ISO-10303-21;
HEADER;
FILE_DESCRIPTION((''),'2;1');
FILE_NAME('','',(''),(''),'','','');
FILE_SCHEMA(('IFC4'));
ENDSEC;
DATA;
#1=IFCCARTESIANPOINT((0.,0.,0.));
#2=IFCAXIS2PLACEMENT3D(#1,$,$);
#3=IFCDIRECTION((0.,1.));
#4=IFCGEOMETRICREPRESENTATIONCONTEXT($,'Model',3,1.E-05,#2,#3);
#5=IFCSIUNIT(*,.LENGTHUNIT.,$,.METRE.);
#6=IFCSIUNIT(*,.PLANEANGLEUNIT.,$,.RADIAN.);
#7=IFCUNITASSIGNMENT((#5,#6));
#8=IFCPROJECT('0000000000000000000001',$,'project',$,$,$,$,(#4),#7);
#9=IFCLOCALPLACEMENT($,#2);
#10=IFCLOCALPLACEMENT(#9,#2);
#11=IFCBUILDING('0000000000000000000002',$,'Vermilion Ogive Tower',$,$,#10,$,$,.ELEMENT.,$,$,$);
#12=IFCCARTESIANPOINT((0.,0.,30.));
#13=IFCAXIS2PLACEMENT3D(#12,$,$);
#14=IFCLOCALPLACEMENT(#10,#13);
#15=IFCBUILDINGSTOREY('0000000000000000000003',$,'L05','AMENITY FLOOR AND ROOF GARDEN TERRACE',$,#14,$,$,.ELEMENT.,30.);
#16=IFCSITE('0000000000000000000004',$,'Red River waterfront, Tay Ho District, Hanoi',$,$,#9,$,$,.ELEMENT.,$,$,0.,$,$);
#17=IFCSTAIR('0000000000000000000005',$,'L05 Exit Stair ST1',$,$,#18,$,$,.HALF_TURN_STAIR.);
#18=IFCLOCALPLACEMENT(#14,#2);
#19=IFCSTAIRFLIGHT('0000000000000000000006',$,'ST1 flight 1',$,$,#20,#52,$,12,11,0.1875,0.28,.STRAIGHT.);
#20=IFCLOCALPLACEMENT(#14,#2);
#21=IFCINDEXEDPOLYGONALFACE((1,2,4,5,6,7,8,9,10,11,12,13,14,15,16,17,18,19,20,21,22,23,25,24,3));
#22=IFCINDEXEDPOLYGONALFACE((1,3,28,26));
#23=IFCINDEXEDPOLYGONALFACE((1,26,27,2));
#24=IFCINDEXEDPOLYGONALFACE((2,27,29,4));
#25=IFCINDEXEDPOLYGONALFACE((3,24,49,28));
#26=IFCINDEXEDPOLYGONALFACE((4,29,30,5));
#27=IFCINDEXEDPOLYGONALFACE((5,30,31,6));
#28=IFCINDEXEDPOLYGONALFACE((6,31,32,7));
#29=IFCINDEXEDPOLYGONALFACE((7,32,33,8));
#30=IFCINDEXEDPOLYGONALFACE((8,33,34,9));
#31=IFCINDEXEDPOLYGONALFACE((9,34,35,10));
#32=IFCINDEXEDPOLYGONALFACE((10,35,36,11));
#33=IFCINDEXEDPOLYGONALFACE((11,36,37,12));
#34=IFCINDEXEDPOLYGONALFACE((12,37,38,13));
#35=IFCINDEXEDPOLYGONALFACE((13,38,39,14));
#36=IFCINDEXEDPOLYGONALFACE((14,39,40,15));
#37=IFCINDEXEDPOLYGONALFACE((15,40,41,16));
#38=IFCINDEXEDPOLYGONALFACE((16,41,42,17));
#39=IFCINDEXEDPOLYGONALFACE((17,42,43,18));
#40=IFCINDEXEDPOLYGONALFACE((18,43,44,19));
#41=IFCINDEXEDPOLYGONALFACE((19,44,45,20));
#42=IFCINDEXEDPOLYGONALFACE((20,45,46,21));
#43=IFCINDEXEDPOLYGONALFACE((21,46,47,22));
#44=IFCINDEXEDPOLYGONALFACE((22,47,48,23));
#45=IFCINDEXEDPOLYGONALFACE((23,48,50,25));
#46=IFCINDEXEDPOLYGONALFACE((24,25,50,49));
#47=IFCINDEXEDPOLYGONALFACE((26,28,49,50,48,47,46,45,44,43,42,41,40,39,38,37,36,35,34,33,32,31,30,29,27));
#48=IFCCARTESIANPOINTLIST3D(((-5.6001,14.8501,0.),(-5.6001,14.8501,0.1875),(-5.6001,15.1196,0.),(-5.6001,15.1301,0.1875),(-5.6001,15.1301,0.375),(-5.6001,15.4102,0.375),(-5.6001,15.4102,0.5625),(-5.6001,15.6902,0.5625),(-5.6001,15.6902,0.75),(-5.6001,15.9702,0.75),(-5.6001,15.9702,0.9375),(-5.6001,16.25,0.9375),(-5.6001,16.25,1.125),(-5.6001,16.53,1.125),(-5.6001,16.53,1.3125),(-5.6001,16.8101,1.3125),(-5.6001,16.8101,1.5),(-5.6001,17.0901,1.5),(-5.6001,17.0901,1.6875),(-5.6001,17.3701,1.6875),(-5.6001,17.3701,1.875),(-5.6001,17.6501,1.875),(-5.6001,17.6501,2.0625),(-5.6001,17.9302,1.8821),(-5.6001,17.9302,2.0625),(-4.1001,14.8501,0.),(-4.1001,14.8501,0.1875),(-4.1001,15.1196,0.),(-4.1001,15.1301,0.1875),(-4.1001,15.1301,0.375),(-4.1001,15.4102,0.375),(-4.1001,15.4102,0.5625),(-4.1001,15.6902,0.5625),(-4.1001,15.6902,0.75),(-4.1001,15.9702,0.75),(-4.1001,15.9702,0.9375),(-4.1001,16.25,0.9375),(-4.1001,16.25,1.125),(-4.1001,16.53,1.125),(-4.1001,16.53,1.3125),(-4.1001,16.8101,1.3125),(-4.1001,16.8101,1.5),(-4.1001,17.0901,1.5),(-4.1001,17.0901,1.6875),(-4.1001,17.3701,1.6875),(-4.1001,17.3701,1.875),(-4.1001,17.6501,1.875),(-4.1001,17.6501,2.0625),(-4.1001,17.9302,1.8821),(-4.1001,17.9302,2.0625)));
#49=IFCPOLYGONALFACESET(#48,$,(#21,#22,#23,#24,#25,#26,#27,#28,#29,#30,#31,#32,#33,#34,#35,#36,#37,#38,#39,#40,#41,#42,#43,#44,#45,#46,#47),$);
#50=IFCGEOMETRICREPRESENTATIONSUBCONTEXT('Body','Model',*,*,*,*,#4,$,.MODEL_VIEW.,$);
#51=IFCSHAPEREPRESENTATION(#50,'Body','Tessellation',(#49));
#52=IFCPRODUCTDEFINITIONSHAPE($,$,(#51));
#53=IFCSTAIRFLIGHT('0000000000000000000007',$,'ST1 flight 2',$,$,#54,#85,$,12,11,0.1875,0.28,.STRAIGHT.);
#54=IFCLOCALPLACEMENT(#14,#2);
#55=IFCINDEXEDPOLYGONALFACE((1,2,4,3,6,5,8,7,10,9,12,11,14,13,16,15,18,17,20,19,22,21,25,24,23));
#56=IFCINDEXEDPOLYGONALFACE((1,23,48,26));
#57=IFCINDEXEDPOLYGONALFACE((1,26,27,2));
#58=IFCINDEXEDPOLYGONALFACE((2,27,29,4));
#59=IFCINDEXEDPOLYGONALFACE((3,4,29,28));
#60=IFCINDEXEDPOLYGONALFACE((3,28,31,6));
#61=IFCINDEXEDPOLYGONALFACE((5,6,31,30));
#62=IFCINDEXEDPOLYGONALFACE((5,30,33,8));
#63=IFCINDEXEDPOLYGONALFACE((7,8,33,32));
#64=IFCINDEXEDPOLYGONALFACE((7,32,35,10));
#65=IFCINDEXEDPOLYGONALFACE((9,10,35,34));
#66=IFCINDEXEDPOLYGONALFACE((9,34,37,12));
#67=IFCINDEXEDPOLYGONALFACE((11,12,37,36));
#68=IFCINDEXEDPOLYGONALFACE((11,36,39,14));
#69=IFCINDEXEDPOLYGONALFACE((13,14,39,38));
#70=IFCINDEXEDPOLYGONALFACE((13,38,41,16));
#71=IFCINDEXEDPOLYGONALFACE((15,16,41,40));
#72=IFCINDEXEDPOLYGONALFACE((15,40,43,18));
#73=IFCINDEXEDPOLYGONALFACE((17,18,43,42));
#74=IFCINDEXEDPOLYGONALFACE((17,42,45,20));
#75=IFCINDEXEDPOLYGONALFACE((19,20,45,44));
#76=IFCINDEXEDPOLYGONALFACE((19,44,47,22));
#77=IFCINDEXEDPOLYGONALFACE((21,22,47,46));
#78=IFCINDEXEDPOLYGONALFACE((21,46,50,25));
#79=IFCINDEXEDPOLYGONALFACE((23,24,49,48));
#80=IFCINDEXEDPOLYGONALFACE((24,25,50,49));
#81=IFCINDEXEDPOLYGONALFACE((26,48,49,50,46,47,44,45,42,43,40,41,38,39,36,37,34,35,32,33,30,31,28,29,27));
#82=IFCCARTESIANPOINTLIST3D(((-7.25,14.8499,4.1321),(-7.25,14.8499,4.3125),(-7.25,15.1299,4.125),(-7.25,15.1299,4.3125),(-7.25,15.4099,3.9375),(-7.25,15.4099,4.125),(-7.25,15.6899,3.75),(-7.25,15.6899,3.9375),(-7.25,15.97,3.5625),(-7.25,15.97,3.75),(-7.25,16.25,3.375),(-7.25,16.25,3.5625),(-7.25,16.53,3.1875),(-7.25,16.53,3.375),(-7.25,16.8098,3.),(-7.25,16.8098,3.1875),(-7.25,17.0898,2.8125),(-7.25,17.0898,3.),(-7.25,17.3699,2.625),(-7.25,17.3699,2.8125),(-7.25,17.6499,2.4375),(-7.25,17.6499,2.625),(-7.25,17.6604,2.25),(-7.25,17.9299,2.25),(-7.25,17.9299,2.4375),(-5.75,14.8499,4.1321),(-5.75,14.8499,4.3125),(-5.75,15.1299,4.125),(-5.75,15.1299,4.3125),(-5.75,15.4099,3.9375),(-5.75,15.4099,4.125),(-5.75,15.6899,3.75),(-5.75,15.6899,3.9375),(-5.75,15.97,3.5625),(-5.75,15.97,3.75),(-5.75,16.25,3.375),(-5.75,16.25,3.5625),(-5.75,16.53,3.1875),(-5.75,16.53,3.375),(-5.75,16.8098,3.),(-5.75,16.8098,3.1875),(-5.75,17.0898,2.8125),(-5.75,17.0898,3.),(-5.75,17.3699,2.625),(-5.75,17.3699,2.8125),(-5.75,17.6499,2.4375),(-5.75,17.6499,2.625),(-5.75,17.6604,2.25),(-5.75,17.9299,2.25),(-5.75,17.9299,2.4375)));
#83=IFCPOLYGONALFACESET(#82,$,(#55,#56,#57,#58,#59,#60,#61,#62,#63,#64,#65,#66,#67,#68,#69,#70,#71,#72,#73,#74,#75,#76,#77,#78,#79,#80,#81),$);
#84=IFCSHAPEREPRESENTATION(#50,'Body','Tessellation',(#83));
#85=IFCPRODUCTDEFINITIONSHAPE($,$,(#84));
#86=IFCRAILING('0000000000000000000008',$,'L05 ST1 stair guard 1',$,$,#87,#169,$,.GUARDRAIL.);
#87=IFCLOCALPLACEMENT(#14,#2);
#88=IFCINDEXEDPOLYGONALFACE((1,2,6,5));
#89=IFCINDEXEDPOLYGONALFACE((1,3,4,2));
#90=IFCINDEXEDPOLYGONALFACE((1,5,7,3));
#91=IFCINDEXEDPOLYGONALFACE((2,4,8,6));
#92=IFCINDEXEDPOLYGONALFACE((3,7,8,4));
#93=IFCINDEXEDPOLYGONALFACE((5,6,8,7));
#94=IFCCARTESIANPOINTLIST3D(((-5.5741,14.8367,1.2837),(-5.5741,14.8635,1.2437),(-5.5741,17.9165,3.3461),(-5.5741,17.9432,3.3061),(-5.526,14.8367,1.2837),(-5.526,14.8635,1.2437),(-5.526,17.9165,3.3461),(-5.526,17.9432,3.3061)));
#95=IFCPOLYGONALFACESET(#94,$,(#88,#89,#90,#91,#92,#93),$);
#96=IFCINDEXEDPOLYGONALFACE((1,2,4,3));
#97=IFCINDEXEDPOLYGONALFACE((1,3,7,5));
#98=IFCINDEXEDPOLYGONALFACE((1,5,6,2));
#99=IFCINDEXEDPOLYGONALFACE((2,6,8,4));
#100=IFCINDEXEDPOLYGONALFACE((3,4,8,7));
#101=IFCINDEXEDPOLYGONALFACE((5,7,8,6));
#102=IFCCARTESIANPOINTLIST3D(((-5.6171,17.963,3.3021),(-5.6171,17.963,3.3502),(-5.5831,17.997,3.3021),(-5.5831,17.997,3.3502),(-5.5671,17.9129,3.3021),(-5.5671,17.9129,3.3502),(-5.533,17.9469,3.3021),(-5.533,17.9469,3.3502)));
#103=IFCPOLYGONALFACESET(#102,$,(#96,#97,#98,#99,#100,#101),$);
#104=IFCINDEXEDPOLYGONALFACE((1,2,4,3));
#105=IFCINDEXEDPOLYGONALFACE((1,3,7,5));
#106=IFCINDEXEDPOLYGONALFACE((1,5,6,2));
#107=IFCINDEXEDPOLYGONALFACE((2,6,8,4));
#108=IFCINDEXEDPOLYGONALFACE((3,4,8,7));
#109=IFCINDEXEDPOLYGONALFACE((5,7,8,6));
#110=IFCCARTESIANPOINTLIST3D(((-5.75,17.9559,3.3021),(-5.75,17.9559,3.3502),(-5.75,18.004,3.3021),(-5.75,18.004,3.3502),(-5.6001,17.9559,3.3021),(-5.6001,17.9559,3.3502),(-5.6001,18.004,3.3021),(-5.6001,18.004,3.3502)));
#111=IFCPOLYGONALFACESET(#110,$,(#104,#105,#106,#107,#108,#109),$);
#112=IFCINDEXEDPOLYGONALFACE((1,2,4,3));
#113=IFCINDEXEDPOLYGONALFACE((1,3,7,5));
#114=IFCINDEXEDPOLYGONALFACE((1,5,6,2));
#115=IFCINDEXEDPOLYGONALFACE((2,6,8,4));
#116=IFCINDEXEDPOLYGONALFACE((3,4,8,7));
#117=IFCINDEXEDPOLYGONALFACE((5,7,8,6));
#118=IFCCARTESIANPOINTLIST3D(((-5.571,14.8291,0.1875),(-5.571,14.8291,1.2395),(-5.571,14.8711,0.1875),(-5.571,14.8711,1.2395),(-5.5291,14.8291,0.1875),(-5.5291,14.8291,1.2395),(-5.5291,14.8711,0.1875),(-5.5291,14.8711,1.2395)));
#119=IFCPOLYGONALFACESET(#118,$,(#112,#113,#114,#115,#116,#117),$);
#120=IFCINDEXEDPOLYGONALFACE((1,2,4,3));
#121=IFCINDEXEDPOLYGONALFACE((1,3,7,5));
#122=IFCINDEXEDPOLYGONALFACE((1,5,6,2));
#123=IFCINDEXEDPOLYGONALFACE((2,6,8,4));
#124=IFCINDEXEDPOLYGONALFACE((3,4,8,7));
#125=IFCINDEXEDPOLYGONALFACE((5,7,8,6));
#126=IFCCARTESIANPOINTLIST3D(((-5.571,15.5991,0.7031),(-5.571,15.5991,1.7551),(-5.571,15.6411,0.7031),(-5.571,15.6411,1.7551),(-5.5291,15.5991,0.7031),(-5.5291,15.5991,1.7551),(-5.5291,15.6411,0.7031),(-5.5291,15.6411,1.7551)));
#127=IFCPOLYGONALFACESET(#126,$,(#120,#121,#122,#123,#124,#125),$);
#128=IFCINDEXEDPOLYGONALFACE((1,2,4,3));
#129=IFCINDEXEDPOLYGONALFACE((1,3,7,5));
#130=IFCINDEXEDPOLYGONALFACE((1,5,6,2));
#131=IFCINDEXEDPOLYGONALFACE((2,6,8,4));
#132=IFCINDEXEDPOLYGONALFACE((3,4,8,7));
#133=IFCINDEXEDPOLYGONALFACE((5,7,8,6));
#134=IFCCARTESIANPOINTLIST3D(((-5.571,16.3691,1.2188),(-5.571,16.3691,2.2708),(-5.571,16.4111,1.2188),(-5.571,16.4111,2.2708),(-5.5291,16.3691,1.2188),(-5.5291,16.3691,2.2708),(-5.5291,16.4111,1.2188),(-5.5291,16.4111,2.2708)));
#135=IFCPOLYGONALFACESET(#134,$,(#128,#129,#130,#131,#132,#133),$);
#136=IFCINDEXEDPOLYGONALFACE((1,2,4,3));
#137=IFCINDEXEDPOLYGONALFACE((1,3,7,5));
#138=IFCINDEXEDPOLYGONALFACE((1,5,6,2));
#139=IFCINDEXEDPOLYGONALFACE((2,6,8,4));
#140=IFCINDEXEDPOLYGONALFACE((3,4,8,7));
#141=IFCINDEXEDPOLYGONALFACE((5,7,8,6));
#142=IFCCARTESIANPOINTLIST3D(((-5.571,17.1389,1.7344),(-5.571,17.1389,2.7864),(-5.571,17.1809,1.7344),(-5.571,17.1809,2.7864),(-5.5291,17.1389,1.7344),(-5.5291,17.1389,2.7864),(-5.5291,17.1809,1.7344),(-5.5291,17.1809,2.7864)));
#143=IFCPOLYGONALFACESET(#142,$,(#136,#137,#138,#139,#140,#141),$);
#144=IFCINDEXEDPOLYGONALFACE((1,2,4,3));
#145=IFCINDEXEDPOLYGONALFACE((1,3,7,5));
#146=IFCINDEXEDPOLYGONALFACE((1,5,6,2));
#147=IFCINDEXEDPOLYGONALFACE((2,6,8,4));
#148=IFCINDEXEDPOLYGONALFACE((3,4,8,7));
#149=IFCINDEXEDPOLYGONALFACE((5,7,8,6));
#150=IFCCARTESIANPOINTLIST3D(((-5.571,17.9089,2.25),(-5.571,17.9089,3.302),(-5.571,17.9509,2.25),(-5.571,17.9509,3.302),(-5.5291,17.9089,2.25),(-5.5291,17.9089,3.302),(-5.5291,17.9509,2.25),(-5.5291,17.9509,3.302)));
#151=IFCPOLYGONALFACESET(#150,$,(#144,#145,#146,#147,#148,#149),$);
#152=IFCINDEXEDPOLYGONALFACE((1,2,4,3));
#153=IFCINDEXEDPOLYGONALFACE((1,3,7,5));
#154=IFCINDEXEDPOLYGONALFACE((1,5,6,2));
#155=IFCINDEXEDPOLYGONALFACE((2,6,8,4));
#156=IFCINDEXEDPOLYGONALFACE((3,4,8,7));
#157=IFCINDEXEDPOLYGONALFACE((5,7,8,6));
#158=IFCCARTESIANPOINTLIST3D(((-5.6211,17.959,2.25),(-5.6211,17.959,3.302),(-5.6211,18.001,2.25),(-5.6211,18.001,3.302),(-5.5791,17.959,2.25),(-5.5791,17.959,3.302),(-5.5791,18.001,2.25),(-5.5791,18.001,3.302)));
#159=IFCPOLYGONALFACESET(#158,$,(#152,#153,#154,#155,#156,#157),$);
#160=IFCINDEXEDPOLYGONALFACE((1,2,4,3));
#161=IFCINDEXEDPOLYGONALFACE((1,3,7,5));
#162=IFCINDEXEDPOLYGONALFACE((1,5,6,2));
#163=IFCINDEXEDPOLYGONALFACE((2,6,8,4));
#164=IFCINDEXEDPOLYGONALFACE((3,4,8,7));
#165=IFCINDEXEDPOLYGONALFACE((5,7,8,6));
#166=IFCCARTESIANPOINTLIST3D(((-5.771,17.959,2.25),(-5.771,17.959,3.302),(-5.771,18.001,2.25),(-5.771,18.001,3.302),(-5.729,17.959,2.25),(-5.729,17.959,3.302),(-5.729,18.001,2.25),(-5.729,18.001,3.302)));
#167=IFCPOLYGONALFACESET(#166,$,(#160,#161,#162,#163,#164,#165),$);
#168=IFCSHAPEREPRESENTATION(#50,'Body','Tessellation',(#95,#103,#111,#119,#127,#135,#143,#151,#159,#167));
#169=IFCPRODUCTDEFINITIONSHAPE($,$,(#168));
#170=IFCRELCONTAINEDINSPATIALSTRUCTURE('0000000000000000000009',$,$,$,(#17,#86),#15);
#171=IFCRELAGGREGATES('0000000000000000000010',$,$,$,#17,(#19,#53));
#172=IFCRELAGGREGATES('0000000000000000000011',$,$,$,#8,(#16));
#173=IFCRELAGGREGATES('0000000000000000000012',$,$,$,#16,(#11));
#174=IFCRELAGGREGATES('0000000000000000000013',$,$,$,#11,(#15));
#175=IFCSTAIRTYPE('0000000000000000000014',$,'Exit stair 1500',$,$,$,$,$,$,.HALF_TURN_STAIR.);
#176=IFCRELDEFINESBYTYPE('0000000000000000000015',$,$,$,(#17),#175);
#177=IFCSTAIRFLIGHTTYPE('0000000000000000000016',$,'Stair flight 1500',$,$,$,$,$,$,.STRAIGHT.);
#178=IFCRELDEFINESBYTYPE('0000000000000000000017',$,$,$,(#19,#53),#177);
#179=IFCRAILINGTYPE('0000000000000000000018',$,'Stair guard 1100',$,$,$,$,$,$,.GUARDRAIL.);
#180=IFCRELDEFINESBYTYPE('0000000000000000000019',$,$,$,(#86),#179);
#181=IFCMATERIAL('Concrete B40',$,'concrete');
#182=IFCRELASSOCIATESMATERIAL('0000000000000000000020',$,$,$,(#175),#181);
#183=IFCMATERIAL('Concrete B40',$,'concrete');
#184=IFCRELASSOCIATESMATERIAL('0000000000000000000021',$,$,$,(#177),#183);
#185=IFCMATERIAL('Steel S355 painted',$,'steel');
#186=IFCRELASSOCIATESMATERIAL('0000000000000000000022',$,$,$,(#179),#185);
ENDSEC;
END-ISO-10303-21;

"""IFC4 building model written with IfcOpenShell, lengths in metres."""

from ifc_helpers import new_model, si_unit, direction, frame, origin, origin_2d, place, context, subcontext, project, spatial, polyline, rectangle, outline, extrude, material, type_object, element, aggregate, save


model = new_model("IFC4")

# Units and contexts
model_context = context("Model", 3, precision=1e-05, world=origin(), true_north=direction((0.0, 1.0)))
body_context = subcontext(model_context, "Body", "Model", "MODEL_VIEW")
ifc_project = project(units=[si_unit("LENGTHUNIT", "METRE"), si_unit("PLANEANGLEUNIT", "RADIAN")], contexts=[model_context])

# Site, building, storey
site_placement = place(None, origin())
site = spatial("IfcSite", under=ifc_project, at=site_placement, Name="Red River waterfront, Tay Ho District, Hanoi", CompositionType="ELEMENT", RefElevation=0.0)
building_placement = place(site_placement, origin())
building = spatial("IfcBuilding", under=site, at=building_placement, Name="Vermilion Ogive Tower", CompositionType="ELEMENT")
storey_placement = place(building_placement, frame((0.0, 0.0, 30.0)))
storey = spatial("IfcBuildingStorey", under=building, at=storey_placement, Name="L05", Description="AMENITY FLOOR AND ROOF GARDEN TERRACE", CompositionType="ELEMENT", Elevation=30.0)

# Stair, stair flights
ifc_material_1 = material(Name="Concrete B40", Category="concrete")
stair_type = type_object("IfcStairType", Name="Exit stair 1500", PredefinedType="HALF_TURN_STAIR", material=ifc_material_1)
stair_placement = place(storey_placement, origin())
stair = element("IfcStair", 1, at=stair_placement, inside=storey, type_object=stair_type, Name="L05 Exit Stair ST1", PredefinedType="HALF_TURN_STAIR")
ifc_material_2 = material(Name="Concrete B40", Category="concrete")
stair_flight_type = type_object("IfcStairFlightType", Name="Stair flight 1500", PredefinedType="STRAIGHT", material=ifc_material_2)
stair_flight_1_placement = place(storey_placement, frame((-4.8501, 14.8501, 0.0), z_axis=(0.0, 0.0, 1.0), x_axis=(0.0, 1.0, 0.0)))
stair_flight_1 = element("IfcStairFlight", 2, at=stair_flight_1_placement, type_object=stair_flight_type, Name="ST1 flight 1", NumberOfRisers=12, NumberOfTreads=11, PredefinedType="STRAIGHT", RiserHeight=0.1875, TreadLength=0.28, context=body_context, shape_type="SweptSolid", body=[
    extrude(outline(polyline([(0.0, 0.0), (0.0, 0.1875), (0.28, 0.1875), (0.28, 0.375), (0.5601, 0.375), (0.5601, 0.5625), (0.8401, 0.5625), (0.8401, 0.75), (1.1201, 0.75), (1.1201, 0.9375), (1.3999, 0.9375), (1.3999, 1.125), (1.6799, 1.125), (1.6799, 1.3125), (1.96, 1.3125), (1.96, 1.5), (2.24, 1.5), (2.24, 1.6875), (2.52, 1.6875), (2.52, 1.875), (2.8, 1.875), (2.8, 2.0625), (3.0801, 2.0625), (3.0801, 2.25), (3.0801, 1.8821), (0.2695, 0.0), (0.0, 0.0)])), frame((0.0, 0.75, 0.0), z_axis=(0.0, -1.0, 0.0), x_axis=(1.0, 0.0, 0.0)), (0.0, 0.0, 1.0), 1.5),
])
stair_flight_2_placement = place(storey_placement, frame((-6.5, 17.9299, 2.25), z_axis=(0.0, 0.0, 1.0), x_axis=(0.0, -1.0, 0.0)))
stair_flight_2 = element("IfcStairFlight", 3, at=stair_flight_2_placement, type_object=stair_flight_type, Name="ST1 flight 2", NumberOfRisers=12, NumberOfTreads=11, PredefinedType="STRAIGHT", RiserHeight=0.1875, TreadLength=0.28, context=body_context, shape_type="SweptSolid", body=[
    extrude(outline(polyline([(0.0, 0.0), (0.0, 0.1875), (0.28, 0.1875), (0.28, 0.375), (0.5601, 0.375), (0.5601, 0.5625), (0.8401, 0.5625), (0.8401, 0.75), (1.1201, 0.75), (1.1201, 0.9375), (1.3999, 0.9375), (1.3999, 1.125), (1.6799, 1.125), (1.6799, 1.3125), (1.96, 1.3125), (1.96, 1.5), (2.24, 1.5), (2.24, 1.6875), (2.52, 1.6875), (2.52, 1.875), (2.8, 1.875), (2.8, 2.0625), (3.0801, 2.0625), (3.0801, 2.25), (3.0801, 1.8821), (0.2695, 0.0), (0.0, 0.0)])), frame((0.0, 0.75, 0.0), z_axis=(0.0, -1.0, 0.0), x_axis=(1.0, 0.0, 0.0)), (0.0, 0.0, 1.0), 1.5),
])
aggregate(stair, [stair_flight_1, stair_flight_2])

# Railing
ifc_material_3 = material(Name="Steel S355 painted", Category="steel")
railing_type_1 = type_object("IfcRailingType", Name="Stair guard 1100", PredefinedType="GUARDRAIL", material=ifc_material_3)
railing_1_placement = place(storey_placement, frame((-5.55, 14.8501, 0.1875)))
element("IfcRailing", 4, at=railing_1_placement, inside=storey, type_object=railing_type_1, Name="L05 ST1 stair guard 1", PredefinedType="GUARDRAIL", context=body_context, shape_type="SweptSolid", body=[
    extrude(rectangle(XDim=0.0481, YDim=0.0481, at=origin_2d()), frame((0.0, 0.0, 1.0762), z_axis=(0.0, 0.830893, 0.556432), x_axis=(-1.0, 0.0, 0.0)), (0.0, 0.0, 1.0), 3.7065),
    extrude(rectangle(XDim=0.0481, YDim=0.0481, at=origin_2d()), frame((0.0, 3.0798, 3.1387), z_axis=(-0.707107, 0.707107, 0.0), x_axis=(-0.707107, -0.707107, 0.0)), (0.0, 0.0, 1.0), 0.0708),
    extrude(rectangle(XDim=0.0481, YDim=0.0481, at=origin_2d()), frame((-0.05, 3.1299, 3.1387), z_axis=(-1.0, 0.0, 0.0), x_axis=(0.0, -1.0, 0.0)), (0.0, 0.0, 1.0), 0.1499),
    extrude(rectangle(XDim=0.042, YDim=0.042, at=origin_2d()), origin(), (0.0, 0.0, 1.0), 1.052),
    extrude(rectangle(XDim=0.042, YDim=0.042, at=origin_2d()), frame((0.0, 0.77, 0.5156)), (0.0, 0.0, 1.0), 1.052),
    extrude(rectangle(XDim=0.042, YDim=0.042, at=origin_2d()), frame((0.0, 1.54, 1.0312)), (0.0, 0.0, 1.0), 1.052),
    extrude(rectangle(XDim=0.042, YDim=0.042, at=origin_2d()), frame((0.0, 2.3098, 1.5469)), (0.0, 0.0, 1.0), 1.052),
    extrude(rectangle(XDim=0.042, YDim=0.042, at=origin_2d()), frame((0.0, 3.0798, 2.0625)), (0.0, 0.0, 1.0), 1.052),
    extrude(rectangle(XDim=0.042, YDim=0.042, at=origin_2d()), frame((-0.05, 3.1299, 2.0625)), (0.0, 0.0, 1.0), 1.052),
    extrude(rectangle(XDim=0.042, YDim=0.042, at=origin_2d()), frame((-0.2, 3.1299, 2.0625)), (0.0, 0.0, 1.0), 1.052),
])

save(model, "model.ifc")
